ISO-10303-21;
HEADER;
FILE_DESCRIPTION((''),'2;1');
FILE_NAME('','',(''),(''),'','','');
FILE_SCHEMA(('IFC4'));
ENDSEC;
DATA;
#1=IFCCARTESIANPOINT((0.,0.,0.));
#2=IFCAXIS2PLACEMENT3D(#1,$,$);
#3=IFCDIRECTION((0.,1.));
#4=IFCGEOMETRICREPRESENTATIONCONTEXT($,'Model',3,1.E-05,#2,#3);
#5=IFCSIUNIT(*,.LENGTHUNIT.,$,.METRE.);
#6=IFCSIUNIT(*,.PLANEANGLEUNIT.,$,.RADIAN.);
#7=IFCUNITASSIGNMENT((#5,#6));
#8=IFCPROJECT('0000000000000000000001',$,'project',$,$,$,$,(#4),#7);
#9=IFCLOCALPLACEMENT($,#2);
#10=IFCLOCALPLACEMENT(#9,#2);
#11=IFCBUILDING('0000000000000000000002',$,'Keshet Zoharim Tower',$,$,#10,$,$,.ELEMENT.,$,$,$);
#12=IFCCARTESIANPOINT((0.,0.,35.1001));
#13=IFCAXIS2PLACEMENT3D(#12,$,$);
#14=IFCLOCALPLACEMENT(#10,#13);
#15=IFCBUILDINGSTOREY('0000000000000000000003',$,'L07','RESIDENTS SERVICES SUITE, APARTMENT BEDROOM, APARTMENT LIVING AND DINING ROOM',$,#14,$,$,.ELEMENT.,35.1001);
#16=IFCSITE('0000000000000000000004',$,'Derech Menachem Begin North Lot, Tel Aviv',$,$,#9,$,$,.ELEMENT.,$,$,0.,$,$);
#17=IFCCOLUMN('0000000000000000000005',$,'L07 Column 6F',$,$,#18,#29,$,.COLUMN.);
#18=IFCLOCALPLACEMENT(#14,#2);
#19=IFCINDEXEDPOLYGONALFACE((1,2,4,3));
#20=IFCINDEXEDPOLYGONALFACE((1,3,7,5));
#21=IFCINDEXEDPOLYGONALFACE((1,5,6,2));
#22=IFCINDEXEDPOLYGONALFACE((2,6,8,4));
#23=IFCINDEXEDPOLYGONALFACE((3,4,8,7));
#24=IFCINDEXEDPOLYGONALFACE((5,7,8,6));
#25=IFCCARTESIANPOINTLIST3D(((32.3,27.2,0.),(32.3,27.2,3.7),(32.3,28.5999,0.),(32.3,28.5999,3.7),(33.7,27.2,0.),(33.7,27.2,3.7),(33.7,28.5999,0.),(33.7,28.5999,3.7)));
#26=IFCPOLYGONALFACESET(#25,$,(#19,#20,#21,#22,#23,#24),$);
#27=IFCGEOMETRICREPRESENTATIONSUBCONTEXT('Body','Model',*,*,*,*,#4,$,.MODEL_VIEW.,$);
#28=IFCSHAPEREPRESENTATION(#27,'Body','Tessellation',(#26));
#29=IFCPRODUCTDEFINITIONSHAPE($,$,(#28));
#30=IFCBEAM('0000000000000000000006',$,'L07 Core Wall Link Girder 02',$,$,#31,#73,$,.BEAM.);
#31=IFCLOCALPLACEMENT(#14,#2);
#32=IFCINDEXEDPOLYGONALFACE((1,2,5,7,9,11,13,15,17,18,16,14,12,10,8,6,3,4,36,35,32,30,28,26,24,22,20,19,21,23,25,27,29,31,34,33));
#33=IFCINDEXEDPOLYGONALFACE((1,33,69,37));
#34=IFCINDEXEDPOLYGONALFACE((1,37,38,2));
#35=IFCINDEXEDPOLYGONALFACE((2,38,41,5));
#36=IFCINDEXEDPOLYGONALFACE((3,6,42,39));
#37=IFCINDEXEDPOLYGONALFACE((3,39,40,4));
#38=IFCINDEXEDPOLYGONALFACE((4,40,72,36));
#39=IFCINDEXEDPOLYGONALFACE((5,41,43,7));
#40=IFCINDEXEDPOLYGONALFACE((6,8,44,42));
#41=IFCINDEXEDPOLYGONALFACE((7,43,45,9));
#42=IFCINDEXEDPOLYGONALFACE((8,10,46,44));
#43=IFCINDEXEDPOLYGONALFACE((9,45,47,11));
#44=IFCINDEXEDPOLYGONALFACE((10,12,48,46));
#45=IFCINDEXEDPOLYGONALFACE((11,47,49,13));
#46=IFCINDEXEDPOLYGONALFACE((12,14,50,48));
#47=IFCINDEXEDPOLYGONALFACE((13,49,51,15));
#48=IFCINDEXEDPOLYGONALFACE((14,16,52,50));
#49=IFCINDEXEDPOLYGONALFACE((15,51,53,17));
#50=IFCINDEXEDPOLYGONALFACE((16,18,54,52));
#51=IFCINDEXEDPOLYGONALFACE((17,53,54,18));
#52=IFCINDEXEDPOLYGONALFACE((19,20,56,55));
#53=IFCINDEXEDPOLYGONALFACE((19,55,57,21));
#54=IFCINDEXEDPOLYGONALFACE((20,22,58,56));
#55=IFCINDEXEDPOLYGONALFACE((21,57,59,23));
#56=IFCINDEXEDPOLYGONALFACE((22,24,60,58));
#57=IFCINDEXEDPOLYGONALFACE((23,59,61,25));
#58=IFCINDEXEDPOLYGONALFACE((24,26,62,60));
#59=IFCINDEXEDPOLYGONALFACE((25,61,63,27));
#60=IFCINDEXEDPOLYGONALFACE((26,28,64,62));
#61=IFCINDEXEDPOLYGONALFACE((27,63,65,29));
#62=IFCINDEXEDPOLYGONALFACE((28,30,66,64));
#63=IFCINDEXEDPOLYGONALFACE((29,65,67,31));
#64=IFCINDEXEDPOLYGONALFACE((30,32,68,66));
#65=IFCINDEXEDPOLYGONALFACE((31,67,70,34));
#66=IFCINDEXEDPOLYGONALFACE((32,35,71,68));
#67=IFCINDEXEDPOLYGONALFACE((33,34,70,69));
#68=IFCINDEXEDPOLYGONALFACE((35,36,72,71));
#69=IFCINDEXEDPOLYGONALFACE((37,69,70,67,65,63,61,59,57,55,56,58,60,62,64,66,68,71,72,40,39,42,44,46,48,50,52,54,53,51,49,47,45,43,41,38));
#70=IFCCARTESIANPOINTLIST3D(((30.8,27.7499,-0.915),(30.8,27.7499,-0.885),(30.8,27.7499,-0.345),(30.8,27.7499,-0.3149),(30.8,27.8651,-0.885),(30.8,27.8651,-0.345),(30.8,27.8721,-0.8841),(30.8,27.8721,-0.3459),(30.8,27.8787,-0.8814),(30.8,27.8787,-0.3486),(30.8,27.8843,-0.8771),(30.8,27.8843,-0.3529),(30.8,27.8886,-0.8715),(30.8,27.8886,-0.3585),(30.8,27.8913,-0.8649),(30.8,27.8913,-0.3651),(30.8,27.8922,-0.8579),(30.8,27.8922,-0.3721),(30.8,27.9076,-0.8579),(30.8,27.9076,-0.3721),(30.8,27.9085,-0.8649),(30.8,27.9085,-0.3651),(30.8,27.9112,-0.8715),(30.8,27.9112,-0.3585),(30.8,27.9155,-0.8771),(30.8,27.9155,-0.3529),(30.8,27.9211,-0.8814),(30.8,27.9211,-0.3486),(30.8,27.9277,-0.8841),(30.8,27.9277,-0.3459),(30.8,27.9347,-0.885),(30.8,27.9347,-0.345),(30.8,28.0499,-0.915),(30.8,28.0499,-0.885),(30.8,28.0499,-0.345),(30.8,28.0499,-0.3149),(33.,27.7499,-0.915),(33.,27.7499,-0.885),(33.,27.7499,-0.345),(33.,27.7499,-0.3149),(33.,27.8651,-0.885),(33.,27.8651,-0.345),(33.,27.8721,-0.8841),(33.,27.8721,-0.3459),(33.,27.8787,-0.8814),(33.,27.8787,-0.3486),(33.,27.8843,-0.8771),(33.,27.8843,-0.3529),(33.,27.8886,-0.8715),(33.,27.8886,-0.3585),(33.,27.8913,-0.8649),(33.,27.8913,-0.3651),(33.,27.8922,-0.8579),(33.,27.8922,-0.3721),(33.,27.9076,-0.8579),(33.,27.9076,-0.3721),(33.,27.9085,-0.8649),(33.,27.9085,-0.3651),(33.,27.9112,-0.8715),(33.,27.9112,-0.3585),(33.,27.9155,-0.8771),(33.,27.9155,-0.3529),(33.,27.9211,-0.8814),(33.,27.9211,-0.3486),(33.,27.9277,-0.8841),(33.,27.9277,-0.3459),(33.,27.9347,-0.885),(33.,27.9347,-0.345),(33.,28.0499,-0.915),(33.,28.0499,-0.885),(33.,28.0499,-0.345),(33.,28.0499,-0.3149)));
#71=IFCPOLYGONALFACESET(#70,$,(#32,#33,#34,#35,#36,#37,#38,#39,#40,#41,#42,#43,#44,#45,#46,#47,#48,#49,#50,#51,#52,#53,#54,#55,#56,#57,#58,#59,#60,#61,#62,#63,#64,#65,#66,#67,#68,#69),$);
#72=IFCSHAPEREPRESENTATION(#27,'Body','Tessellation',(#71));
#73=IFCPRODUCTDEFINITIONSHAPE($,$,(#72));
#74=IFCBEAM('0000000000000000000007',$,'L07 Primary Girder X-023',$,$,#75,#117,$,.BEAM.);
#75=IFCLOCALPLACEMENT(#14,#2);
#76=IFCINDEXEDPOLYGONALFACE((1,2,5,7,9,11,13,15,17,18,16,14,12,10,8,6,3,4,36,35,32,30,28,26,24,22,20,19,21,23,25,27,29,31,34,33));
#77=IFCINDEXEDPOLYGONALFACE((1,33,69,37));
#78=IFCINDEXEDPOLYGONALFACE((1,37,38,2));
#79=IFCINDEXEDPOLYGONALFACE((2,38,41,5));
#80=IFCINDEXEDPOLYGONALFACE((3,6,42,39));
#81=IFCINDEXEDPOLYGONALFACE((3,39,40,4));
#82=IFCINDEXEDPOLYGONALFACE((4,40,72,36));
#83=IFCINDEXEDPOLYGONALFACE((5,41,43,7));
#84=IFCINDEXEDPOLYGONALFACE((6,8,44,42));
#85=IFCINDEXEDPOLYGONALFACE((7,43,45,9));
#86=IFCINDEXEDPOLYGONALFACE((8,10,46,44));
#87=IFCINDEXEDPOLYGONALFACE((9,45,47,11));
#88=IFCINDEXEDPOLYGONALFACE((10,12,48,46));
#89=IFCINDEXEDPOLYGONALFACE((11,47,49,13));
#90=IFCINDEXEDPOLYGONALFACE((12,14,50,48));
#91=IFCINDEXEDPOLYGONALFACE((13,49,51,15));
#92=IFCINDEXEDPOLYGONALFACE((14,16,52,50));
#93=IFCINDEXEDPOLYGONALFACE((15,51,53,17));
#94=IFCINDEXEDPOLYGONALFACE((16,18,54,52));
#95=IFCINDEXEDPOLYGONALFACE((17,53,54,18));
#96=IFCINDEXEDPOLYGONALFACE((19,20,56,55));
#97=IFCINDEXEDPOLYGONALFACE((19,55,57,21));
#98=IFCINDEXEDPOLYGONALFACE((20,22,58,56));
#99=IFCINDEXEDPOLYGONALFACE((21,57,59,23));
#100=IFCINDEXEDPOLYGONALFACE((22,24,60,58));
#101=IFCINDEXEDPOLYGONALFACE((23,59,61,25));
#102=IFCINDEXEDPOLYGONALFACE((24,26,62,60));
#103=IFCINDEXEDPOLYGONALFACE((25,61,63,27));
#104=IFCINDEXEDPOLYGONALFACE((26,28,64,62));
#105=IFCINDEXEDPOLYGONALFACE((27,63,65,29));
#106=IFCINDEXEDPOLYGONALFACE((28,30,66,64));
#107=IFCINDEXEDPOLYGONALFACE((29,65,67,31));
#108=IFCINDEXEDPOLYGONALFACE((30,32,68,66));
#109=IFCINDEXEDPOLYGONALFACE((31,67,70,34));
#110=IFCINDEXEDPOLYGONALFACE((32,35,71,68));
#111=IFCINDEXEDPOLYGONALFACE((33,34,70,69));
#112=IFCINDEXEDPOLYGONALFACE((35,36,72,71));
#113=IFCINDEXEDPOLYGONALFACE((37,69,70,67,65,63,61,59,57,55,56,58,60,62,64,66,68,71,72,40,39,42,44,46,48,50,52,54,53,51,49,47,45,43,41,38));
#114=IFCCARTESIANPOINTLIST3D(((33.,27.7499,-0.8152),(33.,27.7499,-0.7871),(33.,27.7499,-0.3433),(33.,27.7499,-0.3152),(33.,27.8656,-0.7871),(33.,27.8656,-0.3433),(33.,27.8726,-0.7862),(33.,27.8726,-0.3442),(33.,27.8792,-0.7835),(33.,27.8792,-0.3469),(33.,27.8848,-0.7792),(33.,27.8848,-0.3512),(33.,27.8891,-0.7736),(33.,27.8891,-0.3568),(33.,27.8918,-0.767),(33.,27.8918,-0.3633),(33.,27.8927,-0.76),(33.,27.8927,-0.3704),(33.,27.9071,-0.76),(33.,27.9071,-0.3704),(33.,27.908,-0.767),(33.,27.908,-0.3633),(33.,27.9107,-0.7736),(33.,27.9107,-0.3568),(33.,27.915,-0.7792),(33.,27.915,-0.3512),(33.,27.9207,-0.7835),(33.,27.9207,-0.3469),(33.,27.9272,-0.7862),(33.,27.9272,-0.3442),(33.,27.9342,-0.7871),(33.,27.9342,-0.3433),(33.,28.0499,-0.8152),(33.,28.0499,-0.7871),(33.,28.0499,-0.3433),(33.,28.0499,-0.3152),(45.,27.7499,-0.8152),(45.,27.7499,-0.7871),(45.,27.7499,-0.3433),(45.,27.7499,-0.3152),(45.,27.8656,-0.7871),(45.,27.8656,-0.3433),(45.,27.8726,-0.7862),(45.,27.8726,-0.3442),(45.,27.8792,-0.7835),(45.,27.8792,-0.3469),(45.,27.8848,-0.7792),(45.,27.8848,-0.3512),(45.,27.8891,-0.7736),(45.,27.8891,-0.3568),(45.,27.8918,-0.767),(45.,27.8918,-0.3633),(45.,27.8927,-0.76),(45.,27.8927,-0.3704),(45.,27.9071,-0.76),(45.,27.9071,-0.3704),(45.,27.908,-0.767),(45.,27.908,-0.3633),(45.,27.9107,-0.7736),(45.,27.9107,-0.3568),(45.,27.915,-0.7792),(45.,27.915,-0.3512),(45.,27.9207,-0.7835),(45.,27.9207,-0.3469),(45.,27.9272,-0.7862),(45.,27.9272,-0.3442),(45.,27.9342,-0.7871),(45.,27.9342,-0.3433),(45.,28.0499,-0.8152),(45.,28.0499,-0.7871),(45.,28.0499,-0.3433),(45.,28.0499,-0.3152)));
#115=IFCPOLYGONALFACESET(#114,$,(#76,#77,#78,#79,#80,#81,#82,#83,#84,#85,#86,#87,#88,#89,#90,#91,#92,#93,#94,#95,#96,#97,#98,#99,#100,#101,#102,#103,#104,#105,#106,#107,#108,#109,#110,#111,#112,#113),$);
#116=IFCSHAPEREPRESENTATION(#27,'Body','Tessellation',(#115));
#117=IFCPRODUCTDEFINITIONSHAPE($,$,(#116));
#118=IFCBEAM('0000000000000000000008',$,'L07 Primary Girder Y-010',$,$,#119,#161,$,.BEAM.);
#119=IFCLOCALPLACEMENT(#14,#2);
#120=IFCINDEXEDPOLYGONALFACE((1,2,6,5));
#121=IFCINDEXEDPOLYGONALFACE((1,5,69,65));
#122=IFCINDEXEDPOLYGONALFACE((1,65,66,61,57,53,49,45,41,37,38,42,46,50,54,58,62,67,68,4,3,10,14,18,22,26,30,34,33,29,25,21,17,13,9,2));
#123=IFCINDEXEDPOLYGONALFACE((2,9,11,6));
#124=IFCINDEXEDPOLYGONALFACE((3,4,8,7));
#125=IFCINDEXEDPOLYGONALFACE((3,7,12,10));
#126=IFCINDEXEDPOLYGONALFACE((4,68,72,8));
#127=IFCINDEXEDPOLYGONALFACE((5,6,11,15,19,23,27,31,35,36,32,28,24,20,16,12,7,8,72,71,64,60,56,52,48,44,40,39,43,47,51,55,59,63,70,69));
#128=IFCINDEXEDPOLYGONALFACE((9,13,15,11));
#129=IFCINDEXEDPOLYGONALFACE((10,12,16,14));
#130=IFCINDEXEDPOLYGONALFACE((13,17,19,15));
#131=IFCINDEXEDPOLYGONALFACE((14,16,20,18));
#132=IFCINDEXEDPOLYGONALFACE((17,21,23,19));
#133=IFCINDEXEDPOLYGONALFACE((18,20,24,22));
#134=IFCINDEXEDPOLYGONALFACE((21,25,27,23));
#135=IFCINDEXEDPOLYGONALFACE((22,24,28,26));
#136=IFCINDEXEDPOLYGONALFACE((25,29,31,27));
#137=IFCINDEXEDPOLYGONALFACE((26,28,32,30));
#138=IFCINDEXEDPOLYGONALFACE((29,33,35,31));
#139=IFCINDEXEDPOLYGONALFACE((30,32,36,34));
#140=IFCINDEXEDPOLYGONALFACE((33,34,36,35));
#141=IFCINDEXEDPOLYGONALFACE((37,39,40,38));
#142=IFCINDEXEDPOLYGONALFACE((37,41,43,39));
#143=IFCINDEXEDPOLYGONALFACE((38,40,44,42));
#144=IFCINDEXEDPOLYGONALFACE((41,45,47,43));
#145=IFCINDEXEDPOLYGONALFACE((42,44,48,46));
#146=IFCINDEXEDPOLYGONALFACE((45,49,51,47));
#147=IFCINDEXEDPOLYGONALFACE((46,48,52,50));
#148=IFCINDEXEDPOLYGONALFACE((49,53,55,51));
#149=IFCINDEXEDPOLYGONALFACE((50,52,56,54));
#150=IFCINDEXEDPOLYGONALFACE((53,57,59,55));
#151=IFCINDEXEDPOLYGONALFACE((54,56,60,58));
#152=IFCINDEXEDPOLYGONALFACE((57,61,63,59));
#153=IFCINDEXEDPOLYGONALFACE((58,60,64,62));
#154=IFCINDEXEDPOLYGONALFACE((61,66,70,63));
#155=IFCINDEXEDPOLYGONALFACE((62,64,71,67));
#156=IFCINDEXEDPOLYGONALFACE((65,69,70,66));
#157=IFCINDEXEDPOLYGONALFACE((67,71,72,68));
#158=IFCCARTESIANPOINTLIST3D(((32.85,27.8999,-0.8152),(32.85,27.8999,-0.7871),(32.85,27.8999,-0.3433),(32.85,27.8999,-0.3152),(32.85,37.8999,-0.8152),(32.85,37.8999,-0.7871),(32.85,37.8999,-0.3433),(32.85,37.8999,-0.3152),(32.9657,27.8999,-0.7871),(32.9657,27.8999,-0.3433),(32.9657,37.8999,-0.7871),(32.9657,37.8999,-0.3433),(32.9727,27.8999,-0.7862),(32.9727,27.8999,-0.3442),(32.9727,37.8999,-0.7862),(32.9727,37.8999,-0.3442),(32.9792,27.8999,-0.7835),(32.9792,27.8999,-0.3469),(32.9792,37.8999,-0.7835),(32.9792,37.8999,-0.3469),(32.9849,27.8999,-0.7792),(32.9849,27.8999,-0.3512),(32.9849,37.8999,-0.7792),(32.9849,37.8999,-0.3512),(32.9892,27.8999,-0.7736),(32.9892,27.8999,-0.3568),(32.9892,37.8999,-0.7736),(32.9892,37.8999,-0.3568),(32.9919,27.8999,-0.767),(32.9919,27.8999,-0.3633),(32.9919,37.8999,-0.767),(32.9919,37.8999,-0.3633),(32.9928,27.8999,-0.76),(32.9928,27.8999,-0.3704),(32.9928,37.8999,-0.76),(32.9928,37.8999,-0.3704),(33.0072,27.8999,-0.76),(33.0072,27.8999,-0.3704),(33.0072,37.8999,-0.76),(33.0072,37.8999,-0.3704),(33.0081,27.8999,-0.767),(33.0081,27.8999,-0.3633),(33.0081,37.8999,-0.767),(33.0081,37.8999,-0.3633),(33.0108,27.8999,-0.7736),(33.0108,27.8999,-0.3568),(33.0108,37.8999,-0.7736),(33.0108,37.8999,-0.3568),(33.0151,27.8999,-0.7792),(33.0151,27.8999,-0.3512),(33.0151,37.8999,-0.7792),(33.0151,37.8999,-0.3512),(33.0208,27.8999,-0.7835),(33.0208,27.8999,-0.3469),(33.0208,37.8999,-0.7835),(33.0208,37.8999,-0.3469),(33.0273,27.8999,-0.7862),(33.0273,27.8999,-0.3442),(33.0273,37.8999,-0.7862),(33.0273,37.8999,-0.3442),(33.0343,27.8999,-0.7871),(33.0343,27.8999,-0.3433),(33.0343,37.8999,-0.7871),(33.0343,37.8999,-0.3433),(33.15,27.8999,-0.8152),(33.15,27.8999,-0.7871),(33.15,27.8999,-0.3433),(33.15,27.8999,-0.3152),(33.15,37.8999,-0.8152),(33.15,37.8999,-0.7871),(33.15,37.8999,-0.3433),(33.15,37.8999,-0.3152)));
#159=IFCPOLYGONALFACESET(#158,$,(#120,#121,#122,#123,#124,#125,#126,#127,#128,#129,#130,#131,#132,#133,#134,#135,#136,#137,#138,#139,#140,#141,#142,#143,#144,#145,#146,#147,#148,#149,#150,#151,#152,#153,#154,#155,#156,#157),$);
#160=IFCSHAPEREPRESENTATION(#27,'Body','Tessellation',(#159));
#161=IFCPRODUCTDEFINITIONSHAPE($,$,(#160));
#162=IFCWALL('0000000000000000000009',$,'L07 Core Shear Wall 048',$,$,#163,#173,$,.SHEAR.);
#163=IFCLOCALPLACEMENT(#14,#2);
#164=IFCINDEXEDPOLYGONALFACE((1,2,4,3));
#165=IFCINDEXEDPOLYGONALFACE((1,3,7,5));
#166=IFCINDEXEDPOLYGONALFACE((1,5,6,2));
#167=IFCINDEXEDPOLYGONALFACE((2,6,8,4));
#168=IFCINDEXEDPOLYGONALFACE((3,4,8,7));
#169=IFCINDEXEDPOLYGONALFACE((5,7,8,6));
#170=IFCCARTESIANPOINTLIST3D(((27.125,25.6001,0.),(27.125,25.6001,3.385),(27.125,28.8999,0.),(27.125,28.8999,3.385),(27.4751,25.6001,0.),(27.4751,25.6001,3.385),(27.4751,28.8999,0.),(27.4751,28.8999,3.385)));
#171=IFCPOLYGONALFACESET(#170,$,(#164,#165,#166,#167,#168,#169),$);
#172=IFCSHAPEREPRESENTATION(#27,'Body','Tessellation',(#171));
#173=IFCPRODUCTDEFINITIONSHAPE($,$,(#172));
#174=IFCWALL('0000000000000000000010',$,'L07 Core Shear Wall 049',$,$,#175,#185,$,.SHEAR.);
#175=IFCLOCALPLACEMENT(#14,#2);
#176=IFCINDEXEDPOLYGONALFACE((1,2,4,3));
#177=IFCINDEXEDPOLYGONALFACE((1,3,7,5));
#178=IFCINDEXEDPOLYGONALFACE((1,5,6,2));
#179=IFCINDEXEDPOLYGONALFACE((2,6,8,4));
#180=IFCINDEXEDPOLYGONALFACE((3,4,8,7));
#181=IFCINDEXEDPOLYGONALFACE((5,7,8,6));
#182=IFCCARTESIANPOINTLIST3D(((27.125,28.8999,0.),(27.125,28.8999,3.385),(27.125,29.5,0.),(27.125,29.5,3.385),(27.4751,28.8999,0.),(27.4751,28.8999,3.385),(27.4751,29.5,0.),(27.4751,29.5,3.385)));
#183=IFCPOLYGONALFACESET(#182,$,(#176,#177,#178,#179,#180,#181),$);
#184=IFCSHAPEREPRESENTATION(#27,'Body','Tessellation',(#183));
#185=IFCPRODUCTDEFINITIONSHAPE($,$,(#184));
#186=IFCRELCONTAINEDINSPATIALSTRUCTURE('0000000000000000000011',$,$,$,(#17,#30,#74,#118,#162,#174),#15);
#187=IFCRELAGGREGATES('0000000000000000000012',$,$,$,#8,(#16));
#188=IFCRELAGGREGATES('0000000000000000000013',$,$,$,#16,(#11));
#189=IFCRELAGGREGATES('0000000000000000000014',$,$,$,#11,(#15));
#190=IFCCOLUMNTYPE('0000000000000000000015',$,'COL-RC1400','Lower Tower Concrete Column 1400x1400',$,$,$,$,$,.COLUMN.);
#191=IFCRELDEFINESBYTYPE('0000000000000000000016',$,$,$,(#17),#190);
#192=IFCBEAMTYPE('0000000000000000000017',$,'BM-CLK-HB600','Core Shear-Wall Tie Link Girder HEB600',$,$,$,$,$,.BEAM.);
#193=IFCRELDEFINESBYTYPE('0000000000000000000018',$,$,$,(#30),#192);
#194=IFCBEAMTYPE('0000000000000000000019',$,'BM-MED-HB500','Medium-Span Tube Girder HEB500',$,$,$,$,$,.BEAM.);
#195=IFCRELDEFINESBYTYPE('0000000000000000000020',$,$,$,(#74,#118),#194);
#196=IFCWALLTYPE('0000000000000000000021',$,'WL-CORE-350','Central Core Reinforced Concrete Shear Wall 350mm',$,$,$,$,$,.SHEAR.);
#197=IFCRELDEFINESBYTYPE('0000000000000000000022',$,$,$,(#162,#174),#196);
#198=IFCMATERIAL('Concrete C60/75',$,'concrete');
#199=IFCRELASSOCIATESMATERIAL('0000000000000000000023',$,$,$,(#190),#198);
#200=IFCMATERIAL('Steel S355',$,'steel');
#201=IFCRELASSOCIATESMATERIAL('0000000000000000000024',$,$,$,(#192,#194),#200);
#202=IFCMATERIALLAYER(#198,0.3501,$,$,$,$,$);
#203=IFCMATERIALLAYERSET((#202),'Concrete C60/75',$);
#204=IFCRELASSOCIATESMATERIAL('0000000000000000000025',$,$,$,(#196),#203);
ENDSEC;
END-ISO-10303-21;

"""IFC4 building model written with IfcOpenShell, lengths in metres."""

from ifc_helpers import new_model, si_unit, direction, frame, frame_2d, origin, origin_2d, place, context, subcontext, project, spatial, rectangle, i_section, extrude, material, layer, layer_set, material_profile, profile_set, type_object, element, save


model = new_model("IFC4")

# Units and contexts
model_context = context("Model", 3, precision=1e-05, world=origin(), true_north=direction((0.0, 1.0)))
body_context = subcontext(model_context, "Body", "Model", "MODEL_VIEW")
ifc_project = project(units=[si_unit("LENGTHUNIT", "METRE"), si_unit("PLANEANGLEUNIT", "RADIAN")], contexts=[model_context])

# Site, building, storey
site_placement = place(None, origin())
site = spatial("IfcSite", under=ifc_project, at=site_placement, Name="Derech Menachem Begin North Lot, Tel Aviv", CompositionType="ELEMENT", RefElevation=0.0)
building_placement = place(site_placement, origin())
building = spatial("IfcBuilding", under=site, at=building_placement, Name="Keshet Zoharim Tower", CompositionType="ELEMENT")
storey_placement = place(building_placement, frame((0.0, 0.0, 35.1001)))
storey = spatial("IfcBuildingStorey", under=building, at=storey_placement, Name="L07", Description="RESIDENTS SERVICES SUITE, APARTMENT BEDROOM, APARTMENT LIVING AND DINING ROOM", CompositionType="ELEMENT", Elevation=35.1001)

# Column
ifc_material_1 = material(Name="Concrete C60/75", Category="concrete")
ifc_material_profile_1 = material_profile(ifc_material_1, rectangle(XDim=1.3999, YDim=1.3999, at=origin_2d()), Name="RC1400x1400")
ifc_profile_set_1 = profile_set([ifc_material_profile_1], Name="Concrete C60/75")
column_type = type_object("IfcColumnType", Name="COL-RC1400", Description="Lower Tower Concrete Column 1400x1400", PredefinedType="COLUMN", material=ifc_profile_set_1)
column_placement = place(storey_placement, frame((33.0, 27.8999, 0.0), z_axis=(0.0, 0.0, 1.0), x_axis=(1.0, 0.0, 0.0)))
element("IfcColumn", 1, at=column_placement, inside=storey, type_object=column_type, Name="L07 Column 6F", PredefinedType="COLUMN", context=body_context, shape_type="SweptSolid", body=[
    extrude(rectangle(XDim=1.3999, YDim=1.3999, at=origin_2d()), origin(), (0.0, 0.0, 1.0), 3.7),
])

# Beams
ifc_material_2 = material(Name="Steel S355", Category="steel")
ifc_material_profile_2 = material_profile(ifc_material_2, i_section(OverallWidth=0.3, OverallDepth=0.6001, WebThickness=0.0154, FlangeThickness=0.03, FilletRadius=0.0271, at=origin_2d()), Name="HEB600")
ifc_profile_set_2 = profile_set([ifc_material_profile_2], Name="Steel S355")
beam_type_1 = type_object("IfcBeamType", Name="BM-CLK-HB600", Description="Core Shear-Wall Tie Link Girder HEB600", PredefinedType="BEAM", material=ifc_profile_set_2)
beam_1_placement = place(storey_placement, frame((30.8, 27.8999, -0.615), z_axis=(1.0, 0.0, 0.0), x_axis=(0.0, 1.0, 0.0)))
element("IfcBeam", 2, at=beam_1_placement, inside=storey, type_object=beam_type_1, Name="L07 Core Wall Link Girder 02", PredefinedType="BEAM", context=body_context, shape_type="SweptSolid", body=[
    extrude(i_section(OverallWidth=0.3, OverallDepth=0.6001, WebThickness=0.0154, FlangeThickness=0.03, FilletRadius=0.0271, at=origin_2d()), origin(), (0.0, 0.0, 1.0), 2.2),
])
ifc_material_profile_3 = material_profile(ifc_material_2, i_section(OverallWidth=0.3, OverallDepth=0.5, WebThickness=0.0144, FlangeThickness=0.0281, FilletRadius=0.0271, at=origin_2d()), Name="HEB500")
ifc_profile_set_3 = profile_set([ifc_material_profile_3], Name="Steel S355")
beam_type_2 = type_object("IfcBeamType", Name="BM-MED-HB500", Description="Medium-Span Tube Girder HEB500", PredefinedType="BEAM", material=ifc_profile_set_3)
beam_2_placement = place(storey_placement, frame((33.0, 27.8999, -0.5652), z_axis=(1.0, 0.0, 0.0), x_axis=(0.0, 1.0, 0.0)))
element("IfcBeam", 3, at=beam_2_placement, inside=storey, type_object=beam_type_2, Name="L07 Primary Girder X-023", PredefinedType="BEAM", context=body_context, shape_type="SweptSolid", body=[
    extrude(i_section(OverallWidth=0.3, OverallDepth=0.5, WebThickness=0.0144, FlangeThickness=0.0281, FilletRadius=0.0271, at=origin_2d()), origin(), (0.0, 0.0, 1.0), 12.0),
])
beam_3_placement = place(storey_placement, frame((33.0, 27.8999, -0.5652), z_axis=(0.0, 1.0, 0.0), x_axis=(-1.0, 0.0, 0.0)))
element("IfcBeam", 4, at=beam_3_placement, inside=storey, type_object=beam_type_2, Name="L07 Primary Girder Y-010", PredefinedType="BEAM", context=body_context, shape_type="SweptSolid", body=[
    extrude(i_section(OverallWidth=0.3, OverallDepth=0.5, WebThickness=0.0144, FlangeThickness=0.0281, FilletRadius=0.0271, at=origin_2d()), origin(), (0.0, 0.0, 1.0), 10.0),
])

# Walls
ifc_layer_1 = layer(ifc_material_1, 0.3501)
ifc_layer_set_1 = layer_set([ifc_layer_1], Name="Concrete C60/75")
wall_type_1 = type_object("IfcWallType", Name="WL-CORE-350", Description="Central Core Reinforced Concrete Shear Wall 350mm", PredefinedType="SHEAR", material=ifc_layer_set_1)
wall_1_placement = place(storey_placement, frame((27.3, 25.6001, 0.0), z_axis=(0.0, 0.0, 1.0), x_axis=(0.0, 1.0, 0.0)))
element("IfcWall", 5, at=wall_1_placement, inside=storey, type_object=wall_type_1, Name="L07 Core Shear Wall 048", PredefinedType="SHEAR", context=body_context, shape_type="SweptSolid", body=[
    extrude(rectangle(XDim=3.2998, YDim=0.3501, at=frame_2d((1.6499, 0.0))), origin(), (0.0, 0.0, 1.0), 3.385),
])
wall_2_placement = place(storey_placement, frame((27.3, 28.8999, 0.0), z_axis=(0.0, 0.0, 1.0), x_axis=(0.0, 1.0, 0.0)))
element("IfcWall", 6, at=wall_2_placement, inside=storey, type_object=wall_type_1, Name="L07 Core Shear Wall 049", PredefinedType="SHEAR", context=body_context, shape_type="SweptSolid", body=[
    extrude(rectangle(XDim=0.6001, YDim=0.3501, at=frame_2d((0.3, 0.0))), origin(), (0.0, 0.0, 1.0), 3.385),
])

save(model, "model.ifc")
